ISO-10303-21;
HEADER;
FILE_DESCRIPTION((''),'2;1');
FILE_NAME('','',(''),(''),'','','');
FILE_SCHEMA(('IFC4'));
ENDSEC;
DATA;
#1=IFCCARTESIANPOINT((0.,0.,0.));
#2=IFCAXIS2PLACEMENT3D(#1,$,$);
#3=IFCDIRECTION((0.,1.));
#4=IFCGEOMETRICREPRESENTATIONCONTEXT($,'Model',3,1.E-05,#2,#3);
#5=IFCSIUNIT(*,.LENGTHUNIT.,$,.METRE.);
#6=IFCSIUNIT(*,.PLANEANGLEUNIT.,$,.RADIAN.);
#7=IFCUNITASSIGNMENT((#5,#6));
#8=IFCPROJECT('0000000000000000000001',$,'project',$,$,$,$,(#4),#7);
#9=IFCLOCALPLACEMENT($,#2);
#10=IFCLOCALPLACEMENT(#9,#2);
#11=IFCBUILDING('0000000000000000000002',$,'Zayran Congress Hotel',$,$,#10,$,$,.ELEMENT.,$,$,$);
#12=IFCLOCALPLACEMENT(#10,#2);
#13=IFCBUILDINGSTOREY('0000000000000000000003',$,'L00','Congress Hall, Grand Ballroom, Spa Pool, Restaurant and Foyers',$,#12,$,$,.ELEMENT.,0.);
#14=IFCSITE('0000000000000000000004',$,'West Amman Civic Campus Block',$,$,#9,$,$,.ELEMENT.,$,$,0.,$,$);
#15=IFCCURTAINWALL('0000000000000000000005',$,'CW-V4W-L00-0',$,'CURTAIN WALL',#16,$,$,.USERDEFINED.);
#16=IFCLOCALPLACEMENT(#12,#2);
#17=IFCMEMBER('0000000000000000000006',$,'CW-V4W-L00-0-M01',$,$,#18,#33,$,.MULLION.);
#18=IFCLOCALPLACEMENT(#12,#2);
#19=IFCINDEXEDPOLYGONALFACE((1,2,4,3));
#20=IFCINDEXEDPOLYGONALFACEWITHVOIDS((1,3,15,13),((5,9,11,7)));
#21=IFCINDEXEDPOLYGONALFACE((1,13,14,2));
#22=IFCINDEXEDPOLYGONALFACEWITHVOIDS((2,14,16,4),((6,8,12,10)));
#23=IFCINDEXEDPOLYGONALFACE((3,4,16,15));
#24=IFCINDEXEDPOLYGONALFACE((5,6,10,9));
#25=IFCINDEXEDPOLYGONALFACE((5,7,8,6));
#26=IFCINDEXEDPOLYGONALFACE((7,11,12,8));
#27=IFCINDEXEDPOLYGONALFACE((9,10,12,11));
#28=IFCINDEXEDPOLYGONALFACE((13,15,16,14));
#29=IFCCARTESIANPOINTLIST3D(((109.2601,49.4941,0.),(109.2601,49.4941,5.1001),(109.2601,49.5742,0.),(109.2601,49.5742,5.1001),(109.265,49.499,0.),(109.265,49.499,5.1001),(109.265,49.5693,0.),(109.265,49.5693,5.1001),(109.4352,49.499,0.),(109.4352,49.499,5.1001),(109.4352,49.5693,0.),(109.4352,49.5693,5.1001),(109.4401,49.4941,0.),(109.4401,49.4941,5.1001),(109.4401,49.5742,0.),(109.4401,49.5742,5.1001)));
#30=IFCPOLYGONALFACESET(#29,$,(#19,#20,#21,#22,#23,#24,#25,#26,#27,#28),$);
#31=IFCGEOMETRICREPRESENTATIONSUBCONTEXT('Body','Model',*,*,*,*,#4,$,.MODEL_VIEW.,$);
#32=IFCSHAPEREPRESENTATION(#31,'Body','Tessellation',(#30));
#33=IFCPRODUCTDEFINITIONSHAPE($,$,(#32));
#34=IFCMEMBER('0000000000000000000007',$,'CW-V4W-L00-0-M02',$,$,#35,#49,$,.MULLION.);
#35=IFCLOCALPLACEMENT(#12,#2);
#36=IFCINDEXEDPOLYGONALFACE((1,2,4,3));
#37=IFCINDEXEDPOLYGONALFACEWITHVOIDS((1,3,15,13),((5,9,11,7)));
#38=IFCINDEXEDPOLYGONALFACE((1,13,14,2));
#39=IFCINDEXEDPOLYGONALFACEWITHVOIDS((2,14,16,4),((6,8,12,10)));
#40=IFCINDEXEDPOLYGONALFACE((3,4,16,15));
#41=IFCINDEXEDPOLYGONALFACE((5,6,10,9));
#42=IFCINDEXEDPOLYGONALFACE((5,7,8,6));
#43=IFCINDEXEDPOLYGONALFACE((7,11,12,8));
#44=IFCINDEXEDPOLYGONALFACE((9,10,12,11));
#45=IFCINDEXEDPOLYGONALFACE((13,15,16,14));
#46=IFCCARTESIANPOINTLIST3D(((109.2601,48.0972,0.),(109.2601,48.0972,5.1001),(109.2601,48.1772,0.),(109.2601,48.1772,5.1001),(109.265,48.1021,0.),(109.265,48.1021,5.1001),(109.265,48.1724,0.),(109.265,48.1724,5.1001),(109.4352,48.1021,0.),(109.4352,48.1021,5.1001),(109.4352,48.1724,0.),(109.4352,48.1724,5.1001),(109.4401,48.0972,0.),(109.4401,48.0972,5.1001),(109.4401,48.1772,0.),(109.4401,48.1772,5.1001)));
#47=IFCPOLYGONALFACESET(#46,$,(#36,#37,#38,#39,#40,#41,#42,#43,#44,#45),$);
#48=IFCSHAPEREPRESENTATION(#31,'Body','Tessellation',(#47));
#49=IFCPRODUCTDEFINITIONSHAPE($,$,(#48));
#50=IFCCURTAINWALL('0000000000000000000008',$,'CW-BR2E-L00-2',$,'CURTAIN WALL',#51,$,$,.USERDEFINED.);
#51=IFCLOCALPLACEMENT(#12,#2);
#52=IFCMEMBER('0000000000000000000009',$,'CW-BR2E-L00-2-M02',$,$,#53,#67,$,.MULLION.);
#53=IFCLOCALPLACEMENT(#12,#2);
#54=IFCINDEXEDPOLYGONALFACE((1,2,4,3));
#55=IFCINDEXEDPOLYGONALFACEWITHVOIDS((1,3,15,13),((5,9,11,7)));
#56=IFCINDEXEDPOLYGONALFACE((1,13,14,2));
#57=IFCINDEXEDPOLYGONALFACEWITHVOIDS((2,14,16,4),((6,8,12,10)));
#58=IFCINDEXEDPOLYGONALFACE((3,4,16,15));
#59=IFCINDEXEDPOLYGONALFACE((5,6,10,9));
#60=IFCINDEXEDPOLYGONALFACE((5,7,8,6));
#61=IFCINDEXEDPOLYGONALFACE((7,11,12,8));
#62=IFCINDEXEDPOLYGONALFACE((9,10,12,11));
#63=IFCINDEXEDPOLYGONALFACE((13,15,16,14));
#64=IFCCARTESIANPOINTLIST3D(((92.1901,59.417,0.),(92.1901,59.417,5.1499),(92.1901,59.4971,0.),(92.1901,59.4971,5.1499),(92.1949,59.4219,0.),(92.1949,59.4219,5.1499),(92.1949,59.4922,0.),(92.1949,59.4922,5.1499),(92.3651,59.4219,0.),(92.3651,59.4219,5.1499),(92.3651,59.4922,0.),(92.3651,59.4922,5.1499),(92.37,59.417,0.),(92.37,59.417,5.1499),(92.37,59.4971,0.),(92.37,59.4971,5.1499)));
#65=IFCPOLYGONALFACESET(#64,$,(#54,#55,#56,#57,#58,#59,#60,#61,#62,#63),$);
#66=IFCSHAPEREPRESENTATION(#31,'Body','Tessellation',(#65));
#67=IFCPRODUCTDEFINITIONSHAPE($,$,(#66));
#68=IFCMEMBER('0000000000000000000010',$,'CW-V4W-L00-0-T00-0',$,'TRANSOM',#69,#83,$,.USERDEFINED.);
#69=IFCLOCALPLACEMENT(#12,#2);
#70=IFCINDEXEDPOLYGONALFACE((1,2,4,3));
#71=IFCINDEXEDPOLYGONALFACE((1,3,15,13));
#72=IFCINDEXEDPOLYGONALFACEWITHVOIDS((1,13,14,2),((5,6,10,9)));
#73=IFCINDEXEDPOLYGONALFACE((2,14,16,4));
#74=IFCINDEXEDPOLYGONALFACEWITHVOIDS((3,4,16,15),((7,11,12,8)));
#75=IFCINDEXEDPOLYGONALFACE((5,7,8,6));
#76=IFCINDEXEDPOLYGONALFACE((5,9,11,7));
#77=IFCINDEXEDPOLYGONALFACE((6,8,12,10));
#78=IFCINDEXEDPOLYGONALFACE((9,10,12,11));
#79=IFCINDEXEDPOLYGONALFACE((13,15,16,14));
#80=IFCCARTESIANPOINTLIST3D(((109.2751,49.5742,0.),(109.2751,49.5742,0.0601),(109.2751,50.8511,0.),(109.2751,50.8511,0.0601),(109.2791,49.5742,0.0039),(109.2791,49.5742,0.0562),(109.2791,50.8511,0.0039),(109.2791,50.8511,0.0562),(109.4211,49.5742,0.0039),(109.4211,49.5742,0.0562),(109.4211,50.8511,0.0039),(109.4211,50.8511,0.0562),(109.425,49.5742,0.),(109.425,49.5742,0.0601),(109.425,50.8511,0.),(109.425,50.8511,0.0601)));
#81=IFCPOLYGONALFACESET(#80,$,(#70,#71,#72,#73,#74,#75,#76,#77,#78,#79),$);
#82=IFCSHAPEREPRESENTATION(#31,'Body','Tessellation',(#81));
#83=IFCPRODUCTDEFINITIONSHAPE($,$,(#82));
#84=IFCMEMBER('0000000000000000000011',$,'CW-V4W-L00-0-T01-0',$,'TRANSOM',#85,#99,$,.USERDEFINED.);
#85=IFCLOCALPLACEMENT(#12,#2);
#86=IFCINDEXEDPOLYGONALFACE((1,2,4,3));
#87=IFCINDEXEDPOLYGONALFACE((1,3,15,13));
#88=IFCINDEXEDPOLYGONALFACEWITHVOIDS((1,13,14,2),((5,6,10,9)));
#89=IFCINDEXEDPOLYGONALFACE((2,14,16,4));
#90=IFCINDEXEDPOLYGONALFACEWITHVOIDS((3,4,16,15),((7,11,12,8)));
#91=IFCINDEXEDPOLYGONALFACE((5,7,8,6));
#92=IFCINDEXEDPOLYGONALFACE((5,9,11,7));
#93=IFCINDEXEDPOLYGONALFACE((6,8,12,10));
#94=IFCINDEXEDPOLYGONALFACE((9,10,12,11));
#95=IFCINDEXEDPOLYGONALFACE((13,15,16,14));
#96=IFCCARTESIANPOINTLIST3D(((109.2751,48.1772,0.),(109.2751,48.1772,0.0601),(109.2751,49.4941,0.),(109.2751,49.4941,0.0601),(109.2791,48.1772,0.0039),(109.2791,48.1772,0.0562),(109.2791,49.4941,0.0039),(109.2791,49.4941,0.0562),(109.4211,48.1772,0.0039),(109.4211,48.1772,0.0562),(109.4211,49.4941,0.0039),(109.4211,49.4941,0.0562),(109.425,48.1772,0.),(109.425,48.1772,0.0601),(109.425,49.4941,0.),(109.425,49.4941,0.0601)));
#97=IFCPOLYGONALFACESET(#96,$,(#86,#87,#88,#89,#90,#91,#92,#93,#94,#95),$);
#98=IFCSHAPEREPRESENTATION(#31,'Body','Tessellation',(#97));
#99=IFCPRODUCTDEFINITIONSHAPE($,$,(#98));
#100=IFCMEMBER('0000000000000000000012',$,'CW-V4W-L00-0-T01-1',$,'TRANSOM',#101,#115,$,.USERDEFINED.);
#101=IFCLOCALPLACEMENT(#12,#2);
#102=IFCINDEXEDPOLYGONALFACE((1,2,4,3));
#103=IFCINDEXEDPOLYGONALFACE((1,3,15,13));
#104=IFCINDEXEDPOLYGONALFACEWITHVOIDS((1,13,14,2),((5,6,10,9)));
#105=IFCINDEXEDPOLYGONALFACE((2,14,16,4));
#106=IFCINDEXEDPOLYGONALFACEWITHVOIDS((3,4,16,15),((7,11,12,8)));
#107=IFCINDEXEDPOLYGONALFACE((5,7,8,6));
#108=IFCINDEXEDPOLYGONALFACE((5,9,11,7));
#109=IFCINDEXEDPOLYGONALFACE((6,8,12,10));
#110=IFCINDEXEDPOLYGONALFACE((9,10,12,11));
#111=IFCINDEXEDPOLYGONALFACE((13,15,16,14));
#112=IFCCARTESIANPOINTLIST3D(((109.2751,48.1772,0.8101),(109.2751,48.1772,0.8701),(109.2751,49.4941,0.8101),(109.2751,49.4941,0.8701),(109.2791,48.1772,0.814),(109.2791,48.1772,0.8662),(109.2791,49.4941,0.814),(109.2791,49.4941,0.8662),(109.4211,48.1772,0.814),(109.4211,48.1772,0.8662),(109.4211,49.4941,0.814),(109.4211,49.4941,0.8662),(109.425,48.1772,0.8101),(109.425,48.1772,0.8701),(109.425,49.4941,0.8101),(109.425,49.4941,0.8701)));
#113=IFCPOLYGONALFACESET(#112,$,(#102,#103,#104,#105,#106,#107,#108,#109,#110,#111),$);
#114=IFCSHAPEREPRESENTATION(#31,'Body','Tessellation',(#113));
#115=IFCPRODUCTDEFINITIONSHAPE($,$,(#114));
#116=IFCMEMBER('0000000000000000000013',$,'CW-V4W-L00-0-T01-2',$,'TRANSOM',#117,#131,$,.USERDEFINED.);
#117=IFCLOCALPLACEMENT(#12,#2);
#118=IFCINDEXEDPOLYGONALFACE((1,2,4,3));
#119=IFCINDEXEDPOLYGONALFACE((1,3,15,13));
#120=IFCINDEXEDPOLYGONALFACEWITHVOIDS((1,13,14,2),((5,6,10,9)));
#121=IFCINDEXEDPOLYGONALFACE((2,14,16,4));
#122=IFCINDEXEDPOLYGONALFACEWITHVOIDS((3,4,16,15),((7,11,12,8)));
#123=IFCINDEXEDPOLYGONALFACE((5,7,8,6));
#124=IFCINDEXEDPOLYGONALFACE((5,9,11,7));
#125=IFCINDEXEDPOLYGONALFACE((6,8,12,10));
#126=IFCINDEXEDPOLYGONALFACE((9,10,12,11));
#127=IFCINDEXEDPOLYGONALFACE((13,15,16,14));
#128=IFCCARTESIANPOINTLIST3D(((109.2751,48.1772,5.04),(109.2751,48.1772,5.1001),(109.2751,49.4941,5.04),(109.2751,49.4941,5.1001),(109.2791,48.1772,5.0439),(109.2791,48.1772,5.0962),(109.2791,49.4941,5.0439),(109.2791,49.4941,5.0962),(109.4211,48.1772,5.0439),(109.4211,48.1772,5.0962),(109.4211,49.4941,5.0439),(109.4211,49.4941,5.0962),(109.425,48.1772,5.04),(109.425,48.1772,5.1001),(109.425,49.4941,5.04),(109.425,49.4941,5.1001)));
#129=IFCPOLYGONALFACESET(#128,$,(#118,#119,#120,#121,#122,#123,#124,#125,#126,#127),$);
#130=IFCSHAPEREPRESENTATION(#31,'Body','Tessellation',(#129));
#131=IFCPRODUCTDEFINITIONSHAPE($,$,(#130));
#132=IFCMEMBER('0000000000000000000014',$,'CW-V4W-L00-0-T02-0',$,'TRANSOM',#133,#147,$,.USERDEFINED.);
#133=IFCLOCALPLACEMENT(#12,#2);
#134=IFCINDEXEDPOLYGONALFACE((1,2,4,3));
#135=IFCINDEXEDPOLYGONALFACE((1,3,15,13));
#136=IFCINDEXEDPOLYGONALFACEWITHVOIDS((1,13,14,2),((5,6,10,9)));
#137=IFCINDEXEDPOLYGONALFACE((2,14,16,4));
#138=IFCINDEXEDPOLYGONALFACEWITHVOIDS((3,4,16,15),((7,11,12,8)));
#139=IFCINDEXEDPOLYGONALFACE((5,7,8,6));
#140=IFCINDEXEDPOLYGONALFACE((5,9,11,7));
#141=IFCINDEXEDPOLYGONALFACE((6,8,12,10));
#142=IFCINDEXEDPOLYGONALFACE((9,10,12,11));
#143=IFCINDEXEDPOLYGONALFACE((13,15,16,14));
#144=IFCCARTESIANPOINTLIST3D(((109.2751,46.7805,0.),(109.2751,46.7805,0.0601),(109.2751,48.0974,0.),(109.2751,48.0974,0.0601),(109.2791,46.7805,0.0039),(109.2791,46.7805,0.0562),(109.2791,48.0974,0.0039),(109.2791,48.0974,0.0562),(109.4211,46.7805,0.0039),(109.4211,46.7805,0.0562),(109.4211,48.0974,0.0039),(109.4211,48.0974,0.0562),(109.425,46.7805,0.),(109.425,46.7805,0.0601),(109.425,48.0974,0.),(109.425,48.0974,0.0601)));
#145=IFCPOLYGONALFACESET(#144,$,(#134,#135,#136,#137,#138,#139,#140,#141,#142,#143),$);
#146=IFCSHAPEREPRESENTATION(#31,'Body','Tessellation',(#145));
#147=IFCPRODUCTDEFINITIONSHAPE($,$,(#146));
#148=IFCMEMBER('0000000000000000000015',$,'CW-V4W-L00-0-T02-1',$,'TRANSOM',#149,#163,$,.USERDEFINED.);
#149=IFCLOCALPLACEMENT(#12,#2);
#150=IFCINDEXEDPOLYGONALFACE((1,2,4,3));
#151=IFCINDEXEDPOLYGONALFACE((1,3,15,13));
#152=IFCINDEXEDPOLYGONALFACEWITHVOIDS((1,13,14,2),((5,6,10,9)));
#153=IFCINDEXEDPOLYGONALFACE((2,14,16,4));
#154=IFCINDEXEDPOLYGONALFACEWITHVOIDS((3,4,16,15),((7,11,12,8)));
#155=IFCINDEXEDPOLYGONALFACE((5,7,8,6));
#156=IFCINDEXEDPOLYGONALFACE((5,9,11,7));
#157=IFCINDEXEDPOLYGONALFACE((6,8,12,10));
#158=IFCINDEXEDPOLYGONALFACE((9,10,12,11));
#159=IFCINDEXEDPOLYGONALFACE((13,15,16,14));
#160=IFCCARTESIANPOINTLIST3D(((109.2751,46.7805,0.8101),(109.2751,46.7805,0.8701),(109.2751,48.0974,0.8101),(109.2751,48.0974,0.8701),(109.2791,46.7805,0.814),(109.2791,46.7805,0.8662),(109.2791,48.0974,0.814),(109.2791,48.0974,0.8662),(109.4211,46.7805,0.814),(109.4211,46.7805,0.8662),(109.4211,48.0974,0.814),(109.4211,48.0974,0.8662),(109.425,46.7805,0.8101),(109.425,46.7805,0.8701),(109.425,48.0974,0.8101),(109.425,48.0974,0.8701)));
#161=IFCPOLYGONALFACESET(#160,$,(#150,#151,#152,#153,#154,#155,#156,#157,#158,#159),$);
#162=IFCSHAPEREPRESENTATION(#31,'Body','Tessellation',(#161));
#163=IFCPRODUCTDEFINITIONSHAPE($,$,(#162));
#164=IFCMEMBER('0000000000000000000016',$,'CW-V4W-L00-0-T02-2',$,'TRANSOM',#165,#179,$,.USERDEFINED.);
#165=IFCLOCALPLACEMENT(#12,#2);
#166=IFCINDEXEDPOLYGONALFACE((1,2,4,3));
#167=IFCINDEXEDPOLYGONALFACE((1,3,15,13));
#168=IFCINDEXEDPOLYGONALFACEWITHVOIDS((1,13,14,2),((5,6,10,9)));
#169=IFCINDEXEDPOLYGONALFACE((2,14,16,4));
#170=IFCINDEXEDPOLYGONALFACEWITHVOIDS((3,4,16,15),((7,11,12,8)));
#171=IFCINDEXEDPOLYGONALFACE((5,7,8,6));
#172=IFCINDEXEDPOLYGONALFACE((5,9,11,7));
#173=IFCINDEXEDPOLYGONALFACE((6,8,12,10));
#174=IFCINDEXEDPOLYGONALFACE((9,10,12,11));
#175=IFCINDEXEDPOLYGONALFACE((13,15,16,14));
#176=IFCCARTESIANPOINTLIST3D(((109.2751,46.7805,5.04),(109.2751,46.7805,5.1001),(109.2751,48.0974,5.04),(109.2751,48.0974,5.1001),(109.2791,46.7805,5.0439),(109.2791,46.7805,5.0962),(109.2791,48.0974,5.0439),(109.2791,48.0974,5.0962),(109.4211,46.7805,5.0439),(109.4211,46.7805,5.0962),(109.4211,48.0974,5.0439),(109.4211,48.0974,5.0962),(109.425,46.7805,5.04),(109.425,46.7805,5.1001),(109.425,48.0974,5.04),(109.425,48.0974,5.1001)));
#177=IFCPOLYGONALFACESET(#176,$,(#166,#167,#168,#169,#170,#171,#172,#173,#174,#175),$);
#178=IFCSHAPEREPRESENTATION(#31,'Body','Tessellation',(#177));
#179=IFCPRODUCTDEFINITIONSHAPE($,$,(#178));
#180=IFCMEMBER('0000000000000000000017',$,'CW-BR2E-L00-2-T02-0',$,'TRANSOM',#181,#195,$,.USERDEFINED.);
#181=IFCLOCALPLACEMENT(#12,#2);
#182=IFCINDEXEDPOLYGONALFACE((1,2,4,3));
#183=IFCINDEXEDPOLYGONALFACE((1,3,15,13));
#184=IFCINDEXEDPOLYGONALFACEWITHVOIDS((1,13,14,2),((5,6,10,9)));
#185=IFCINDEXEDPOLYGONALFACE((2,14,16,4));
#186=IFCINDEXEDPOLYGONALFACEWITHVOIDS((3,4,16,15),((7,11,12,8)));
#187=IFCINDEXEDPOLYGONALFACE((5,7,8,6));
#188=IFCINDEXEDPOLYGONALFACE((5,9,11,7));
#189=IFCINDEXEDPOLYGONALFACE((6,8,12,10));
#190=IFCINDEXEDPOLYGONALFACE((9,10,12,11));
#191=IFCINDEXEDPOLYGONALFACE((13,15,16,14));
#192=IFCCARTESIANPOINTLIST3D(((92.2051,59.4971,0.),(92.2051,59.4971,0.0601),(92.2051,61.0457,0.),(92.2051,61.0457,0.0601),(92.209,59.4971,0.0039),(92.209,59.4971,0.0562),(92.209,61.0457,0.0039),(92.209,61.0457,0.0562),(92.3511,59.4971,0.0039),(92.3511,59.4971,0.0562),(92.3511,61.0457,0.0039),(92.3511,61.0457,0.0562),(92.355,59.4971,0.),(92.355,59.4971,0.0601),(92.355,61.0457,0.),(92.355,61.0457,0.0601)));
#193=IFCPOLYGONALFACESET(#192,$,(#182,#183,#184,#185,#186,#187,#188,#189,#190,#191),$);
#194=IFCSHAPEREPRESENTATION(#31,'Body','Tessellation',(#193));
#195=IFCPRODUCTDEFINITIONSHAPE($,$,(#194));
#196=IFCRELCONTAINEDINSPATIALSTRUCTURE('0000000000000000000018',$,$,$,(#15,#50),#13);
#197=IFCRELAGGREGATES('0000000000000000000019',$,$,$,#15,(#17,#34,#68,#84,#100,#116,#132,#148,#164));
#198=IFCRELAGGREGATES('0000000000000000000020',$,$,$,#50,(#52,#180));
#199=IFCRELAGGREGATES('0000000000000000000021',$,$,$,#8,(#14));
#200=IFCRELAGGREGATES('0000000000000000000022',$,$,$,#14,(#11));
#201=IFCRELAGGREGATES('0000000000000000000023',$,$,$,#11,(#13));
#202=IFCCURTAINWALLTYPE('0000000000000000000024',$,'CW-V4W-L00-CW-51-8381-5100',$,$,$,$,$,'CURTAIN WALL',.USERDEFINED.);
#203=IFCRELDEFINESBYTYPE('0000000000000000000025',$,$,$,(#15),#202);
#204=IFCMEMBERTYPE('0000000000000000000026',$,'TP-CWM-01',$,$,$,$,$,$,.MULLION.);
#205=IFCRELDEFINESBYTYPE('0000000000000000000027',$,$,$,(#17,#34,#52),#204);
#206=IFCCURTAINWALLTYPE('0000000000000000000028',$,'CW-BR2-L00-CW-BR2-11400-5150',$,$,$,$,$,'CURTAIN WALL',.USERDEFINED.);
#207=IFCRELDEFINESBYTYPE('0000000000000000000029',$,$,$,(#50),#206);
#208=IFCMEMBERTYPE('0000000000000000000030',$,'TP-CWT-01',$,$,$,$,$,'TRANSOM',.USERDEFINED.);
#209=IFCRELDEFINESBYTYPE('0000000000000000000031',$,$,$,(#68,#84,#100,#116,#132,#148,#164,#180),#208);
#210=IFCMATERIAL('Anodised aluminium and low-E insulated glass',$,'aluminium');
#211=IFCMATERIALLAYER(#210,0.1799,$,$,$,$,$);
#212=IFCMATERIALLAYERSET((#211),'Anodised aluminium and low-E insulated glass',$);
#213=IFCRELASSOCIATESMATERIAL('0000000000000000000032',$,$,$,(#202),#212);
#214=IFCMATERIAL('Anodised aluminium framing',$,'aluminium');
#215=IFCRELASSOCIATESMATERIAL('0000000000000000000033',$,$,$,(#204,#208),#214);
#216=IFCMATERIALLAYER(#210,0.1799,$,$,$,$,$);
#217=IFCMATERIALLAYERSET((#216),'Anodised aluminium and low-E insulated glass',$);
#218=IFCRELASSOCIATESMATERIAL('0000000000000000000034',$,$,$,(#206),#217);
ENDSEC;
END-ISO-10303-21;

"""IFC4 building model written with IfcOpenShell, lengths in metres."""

from ifc_helpers import new_model, si_unit, direction, frame, origin, origin_2d, place, context, subcontext, project, spatial, hollow_rectangle, extrude, material, layer, layer_set, material_profile, profile_set, type_object, element, aggregate, save


model = new_model("IFC4")

# Units and contexts
model_context = context("Model", 3, precision=1e-05, world=origin(), true_north=direction((0.0, 1.0)))
body_context = subcontext(model_context, "Body", "Model", "MODEL_VIEW")
ifc_project = project(units=[si_unit("LENGTHUNIT", "METRE"), si_unit("PLANEANGLEUNIT", "RADIAN")], contexts=[model_context])

# Site, building, storey
site_placement = place(None, origin())
site = spatial("IfcSite", under=ifc_project, at=site_placement, Name="West Amman Civic Campus Block", CompositionType="ELEMENT", RefElevation=0.0)
building_placement = place(site_placement, origin())
building = spatial("IfcBuilding", under=site, at=building_placement, Name="Zayran Congress Hotel", CompositionType="ELEMENT")
storey_placement = place(building_placement, origin())
storey = spatial("IfcBuildingStorey", under=building, at=storey_placement, Name="L00", Description="Congress Hall, Grand Ballroom, Spa Pool, Restaurant and Foyers", CompositionType="ELEMENT", Elevation=0.0)

# Curtain wall, members
ifc_material_1 = material(Name="Anodised aluminium and low-E insulated glass", Category="aluminium")
ifc_layer_1 = layer(ifc_material_1, 0.1799)
ifc_layer_set_1 = layer_set([ifc_layer_1], Name="Anodised aluminium and low-E insulated glass")
curtain_wall_type_1 = type_object("IfcCurtainWallType", Name="CW-V4W-L00-CW-51-8381-5100", ElementType="CURTAIN WALL", PredefinedType="USERDEFINED", material=ifc_layer_set_1)
curtain_wall_1_placement = place(storey_placement, origin())
curtain_wall_1 = element("IfcCurtainWall", 1, at=curtain_wall_1_placement, inside=storey, type_object=curtain_wall_type_1, Name="CW-V4W-L00-0", ObjectType="CURTAIN WALL", PredefinedType="USERDEFINED")
ifc_material_2 = material(Name="Anodised aluminium framing", Category="aluminium")
ifc_material_profile_1 = material_profile(ifc_material_2, hollow_rectangle(XDim=0.0801, YDim=0.1799, WallThickness=0.0049, at=origin_2d()), Name="RHS 180x80x5")
ifc_profile_set_1 = profile_set([ifc_material_profile_1], Name="Anodised aluminium framing")
member_type_1 = type_object("IfcMemberType", Name="TP-CWM-01", PredefinedType="MULLION", material=ifc_profile_set_1)
member_1_placement = place(storey_placement, frame((109.3501, 49.5342, 0.0), z_axis=(0.0, 0.0, 1.0), x_axis=(0.0, 1.0, 0.0)))
member_1 = element("IfcMember", 2, at=member_1_placement, type_object=member_type_1, Name="CW-V4W-L00-0-M01", PredefinedType="MULLION", context=body_context, shape_type="SweptSolid", body=[
    extrude(hollow_rectangle(XDim=0.0801, YDim=0.1799, WallThickness=0.0049, at=origin_2d()), origin(), (0.0, 0.0, 1.0), 5.1001),
])
member_2_placement = place(storey_placement, frame((109.3501, 48.1372, 0.0), z_axis=(0.0, 0.0, 1.0), x_axis=(0.0, 1.0, 0.0)))
member_2 = element("IfcMember", 3, at=member_2_placement, type_object=member_type_1, Name="CW-V4W-L00-0-M02", PredefinedType="MULLION", context=body_context, shape_type="SweptSolid", body=[
    extrude(hollow_rectangle(XDim=0.0801, YDim=0.1799, WallThickness=0.0049, at=origin_2d()), origin(), (0.0, 0.0, 1.0), 5.1001),
])

# Curtain wall, member
ifc_layer_2 = layer(ifc_material_1, 0.1799)
ifc_layer_set_2 = layer_set([ifc_layer_2], Name="Anodised aluminium and low-E insulated glass")
curtain_wall_type_2 = type_object("IfcCurtainWallType", Name="CW-BR2-L00-CW-BR2-11400-5150", ElementType="CURTAIN WALL", PredefinedType="USERDEFINED", material=ifc_layer_set_2)
curtain_wall_2_placement = place(storey_placement, origin())
curtain_wall_2 = element("IfcCurtainWall", 4, at=curtain_wall_2_placement, inside=storey, type_object=curtain_wall_type_2, Name="CW-BR2E-L00-2", ObjectType="CURTAIN WALL", PredefinedType="USERDEFINED")
member_3_placement = place(storey_placement, frame((92.28, 59.457, 0.0), z_axis=(0.0, 0.0, 1.0), x_axis=(0.0, 1.0, 0.0)))
member_3 = element("IfcMember", 5, at=member_3_placement, type_object=member_type_1, Name="CW-BR2E-L00-2-M02", PredefinedType="MULLION", context=body_context, shape_type="SweptSolid", body=[
    extrude(hollow_rectangle(XDim=0.0801, YDim=0.1799, WallThickness=0.0049, at=origin_2d()), origin(), (0.0, 0.0, 1.0), 5.1499),
])

# Members
ifc_material_profile_2 = material_profile(ifc_material_2, hollow_rectangle(XDim=0.0601, YDim=0.1499, WallThickness=0.0039, at=origin_2d()), Name="RHS 150x60x4")
ifc_profile_set_2 = profile_set([ifc_material_profile_2], Name="Anodised aluminium framing")
member_type_2 = type_object("IfcMemberType", Name="TP-CWT-01", ElementType="TRANSOM", PredefinedType="USERDEFINED", material=ifc_profile_set_2)
member_4_placement = place(storey_placement, frame((109.3501, 50.8511, 0.03), z_axis=(0.0, -1.0, 0.0), x_axis=(0.0, 0.0, 1.0)))
member_4 = element("IfcMember", 6, at=member_4_placement, type_object=member_type_2, Name="CW-V4W-L00-0-T00-0", ObjectType="TRANSOM", PredefinedType="USERDEFINED", context=body_context, shape_type="SweptSolid", body=[
    extrude(hollow_rectangle(XDim=0.0601, YDim=0.1499, WallThickness=0.0039, at=origin_2d()), origin(), (0.0, 0.0, 1.0), 1.2769),
])
member_5_placement = place(storey_placement, frame((109.3501, 49.4941, 0.03), z_axis=(0.0, -1.0, 0.0), x_axis=(0.0, 0.0, 1.0)))
member_5 = element("IfcMember", 7, at=member_5_placement, type_object=member_type_2, Name="CW-V4W-L00-0-T01-0", ObjectType="TRANSOM", PredefinedType="USERDEFINED", context=body_context, shape_type="SweptSolid", body=[
    extrude(hollow_rectangle(XDim=0.0601, YDim=0.1499, WallThickness=0.0039, at=origin_2d()), origin(), (0.0, 0.0, 1.0), 1.3169),
])
member_6_placement = place(storey_placement, frame((109.3501, 49.4941, 0.8401), z_axis=(0.0, -1.0, 0.0), x_axis=(0.0, 0.0, 1.0)))
member_6 = element("IfcMember", 8, at=member_6_placement, type_object=member_type_2, Name="CW-V4W-L00-0-T01-1", ObjectType="TRANSOM", PredefinedType="USERDEFINED", context=body_context, shape_type="SweptSolid", body=[
    extrude(hollow_rectangle(XDim=0.0601, YDim=0.1499, WallThickness=0.0039, at=origin_2d()), origin(), (0.0, 0.0, 1.0), 1.3169),
])
member_7_placement = place(storey_placement, frame((109.3501, 49.4941, 5.0701), z_axis=(0.0, -1.0, 0.0), x_axis=(0.0, 0.0, 1.0)))
member_7 = element("IfcMember", 9, at=member_7_placement, type_object=member_type_2, Name="CW-V4W-L00-0-T01-2", ObjectType="TRANSOM", PredefinedType="USERDEFINED", context=body_context, shape_type="SweptSolid", body=[
    extrude(hollow_rectangle(XDim=0.0601, YDim=0.1499, WallThickness=0.0039, at=origin_2d()), origin(), (0.0, 0.0, 1.0), 1.3169),
])
member_8_placement = place(storey_placement, frame((109.3501, 48.0974, 0.03), z_axis=(0.0, -1.0, 0.0), x_axis=(0.0, 0.0, 1.0)))
member_8 = element("IfcMember", 10, at=member_8_placement, type_object=member_type_2, Name="CW-V4W-L00-0-T02-0", ObjectType="TRANSOM", PredefinedType="USERDEFINED", context=body_context, shape_type="SweptSolid", body=[
    extrude(hollow_rectangle(XDim=0.0601, YDim=0.1499, WallThickness=0.0039, at=origin_2d()), origin(), (0.0, 0.0, 1.0), 1.3169),
])
member_9_placement = place(storey_placement, frame((109.3501, 48.0974, 0.8401), z_axis=(0.0, -1.0, 0.0), x_axis=(0.0, 0.0, 1.0)))
member_9 = element("IfcMember", 11, at=member_9_placement, type_object=member_type_2, Name="CW-V4W-L00-0-T02-1", ObjectType="TRANSOM", PredefinedType="USERDEFINED", context=body_context, shape_type="SweptSolid", body=[
    extrude(hollow_rectangle(XDim=0.0601, YDim=0.1499, WallThickness=0.0039, at=origin_2d()), origin(), (0.0, 0.0, 1.0), 1.3169),
])
member_10_placement = place(storey_placement, frame((109.3501, 48.0974, 5.0701), z_axis=(0.0, -1.0, 0.0), x_axis=(0.0, 0.0, 1.0)))
member_10 = element("IfcMember", 12, at=member_10_placement, type_object=member_type_2, Name="CW-V4W-L00-0-T02-2", ObjectType="TRANSOM", PredefinedType="USERDEFINED", context=body_context, shape_type="SweptSolid", body=[
    extrude(hollow_rectangle(XDim=0.0601, YDim=0.1499, WallThickness=0.0039, at=origin_2d()), origin(), (0.0, 0.0, 1.0), 1.3169),
])
member_11_placement = place(storey_placement, frame((92.28, 59.4971, 0.03), z_axis=(0.0, 1.0, 0.0), x_axis=(0.0, 0.0, 1.0)))
member_11 = element("IfcMember", 13, at=member_11_placement, type_object=member_type_2, Name="CW-BR2E-L00-2-T02-0", ObjectType="TRANSOM", PredefinedType="USERDEFINED", context=body_context, shape_type="SweptSolid", body=[
    extrude(hollow_rectangle(XDim=0.0601, YDim=0.1499, WallThickness=0.0039, at=origin_2d()), origin(), (0.0, 0.0, 1.0), 1.5486),
])

aggregate(curtain_wall_1, [member_1, member_2, member_4, member_5, member_6, member_7, member_8, member_9, member_10])
aggregate(curtain_wall_2, [member_3, member_11])

save(model, "model.ifc")
